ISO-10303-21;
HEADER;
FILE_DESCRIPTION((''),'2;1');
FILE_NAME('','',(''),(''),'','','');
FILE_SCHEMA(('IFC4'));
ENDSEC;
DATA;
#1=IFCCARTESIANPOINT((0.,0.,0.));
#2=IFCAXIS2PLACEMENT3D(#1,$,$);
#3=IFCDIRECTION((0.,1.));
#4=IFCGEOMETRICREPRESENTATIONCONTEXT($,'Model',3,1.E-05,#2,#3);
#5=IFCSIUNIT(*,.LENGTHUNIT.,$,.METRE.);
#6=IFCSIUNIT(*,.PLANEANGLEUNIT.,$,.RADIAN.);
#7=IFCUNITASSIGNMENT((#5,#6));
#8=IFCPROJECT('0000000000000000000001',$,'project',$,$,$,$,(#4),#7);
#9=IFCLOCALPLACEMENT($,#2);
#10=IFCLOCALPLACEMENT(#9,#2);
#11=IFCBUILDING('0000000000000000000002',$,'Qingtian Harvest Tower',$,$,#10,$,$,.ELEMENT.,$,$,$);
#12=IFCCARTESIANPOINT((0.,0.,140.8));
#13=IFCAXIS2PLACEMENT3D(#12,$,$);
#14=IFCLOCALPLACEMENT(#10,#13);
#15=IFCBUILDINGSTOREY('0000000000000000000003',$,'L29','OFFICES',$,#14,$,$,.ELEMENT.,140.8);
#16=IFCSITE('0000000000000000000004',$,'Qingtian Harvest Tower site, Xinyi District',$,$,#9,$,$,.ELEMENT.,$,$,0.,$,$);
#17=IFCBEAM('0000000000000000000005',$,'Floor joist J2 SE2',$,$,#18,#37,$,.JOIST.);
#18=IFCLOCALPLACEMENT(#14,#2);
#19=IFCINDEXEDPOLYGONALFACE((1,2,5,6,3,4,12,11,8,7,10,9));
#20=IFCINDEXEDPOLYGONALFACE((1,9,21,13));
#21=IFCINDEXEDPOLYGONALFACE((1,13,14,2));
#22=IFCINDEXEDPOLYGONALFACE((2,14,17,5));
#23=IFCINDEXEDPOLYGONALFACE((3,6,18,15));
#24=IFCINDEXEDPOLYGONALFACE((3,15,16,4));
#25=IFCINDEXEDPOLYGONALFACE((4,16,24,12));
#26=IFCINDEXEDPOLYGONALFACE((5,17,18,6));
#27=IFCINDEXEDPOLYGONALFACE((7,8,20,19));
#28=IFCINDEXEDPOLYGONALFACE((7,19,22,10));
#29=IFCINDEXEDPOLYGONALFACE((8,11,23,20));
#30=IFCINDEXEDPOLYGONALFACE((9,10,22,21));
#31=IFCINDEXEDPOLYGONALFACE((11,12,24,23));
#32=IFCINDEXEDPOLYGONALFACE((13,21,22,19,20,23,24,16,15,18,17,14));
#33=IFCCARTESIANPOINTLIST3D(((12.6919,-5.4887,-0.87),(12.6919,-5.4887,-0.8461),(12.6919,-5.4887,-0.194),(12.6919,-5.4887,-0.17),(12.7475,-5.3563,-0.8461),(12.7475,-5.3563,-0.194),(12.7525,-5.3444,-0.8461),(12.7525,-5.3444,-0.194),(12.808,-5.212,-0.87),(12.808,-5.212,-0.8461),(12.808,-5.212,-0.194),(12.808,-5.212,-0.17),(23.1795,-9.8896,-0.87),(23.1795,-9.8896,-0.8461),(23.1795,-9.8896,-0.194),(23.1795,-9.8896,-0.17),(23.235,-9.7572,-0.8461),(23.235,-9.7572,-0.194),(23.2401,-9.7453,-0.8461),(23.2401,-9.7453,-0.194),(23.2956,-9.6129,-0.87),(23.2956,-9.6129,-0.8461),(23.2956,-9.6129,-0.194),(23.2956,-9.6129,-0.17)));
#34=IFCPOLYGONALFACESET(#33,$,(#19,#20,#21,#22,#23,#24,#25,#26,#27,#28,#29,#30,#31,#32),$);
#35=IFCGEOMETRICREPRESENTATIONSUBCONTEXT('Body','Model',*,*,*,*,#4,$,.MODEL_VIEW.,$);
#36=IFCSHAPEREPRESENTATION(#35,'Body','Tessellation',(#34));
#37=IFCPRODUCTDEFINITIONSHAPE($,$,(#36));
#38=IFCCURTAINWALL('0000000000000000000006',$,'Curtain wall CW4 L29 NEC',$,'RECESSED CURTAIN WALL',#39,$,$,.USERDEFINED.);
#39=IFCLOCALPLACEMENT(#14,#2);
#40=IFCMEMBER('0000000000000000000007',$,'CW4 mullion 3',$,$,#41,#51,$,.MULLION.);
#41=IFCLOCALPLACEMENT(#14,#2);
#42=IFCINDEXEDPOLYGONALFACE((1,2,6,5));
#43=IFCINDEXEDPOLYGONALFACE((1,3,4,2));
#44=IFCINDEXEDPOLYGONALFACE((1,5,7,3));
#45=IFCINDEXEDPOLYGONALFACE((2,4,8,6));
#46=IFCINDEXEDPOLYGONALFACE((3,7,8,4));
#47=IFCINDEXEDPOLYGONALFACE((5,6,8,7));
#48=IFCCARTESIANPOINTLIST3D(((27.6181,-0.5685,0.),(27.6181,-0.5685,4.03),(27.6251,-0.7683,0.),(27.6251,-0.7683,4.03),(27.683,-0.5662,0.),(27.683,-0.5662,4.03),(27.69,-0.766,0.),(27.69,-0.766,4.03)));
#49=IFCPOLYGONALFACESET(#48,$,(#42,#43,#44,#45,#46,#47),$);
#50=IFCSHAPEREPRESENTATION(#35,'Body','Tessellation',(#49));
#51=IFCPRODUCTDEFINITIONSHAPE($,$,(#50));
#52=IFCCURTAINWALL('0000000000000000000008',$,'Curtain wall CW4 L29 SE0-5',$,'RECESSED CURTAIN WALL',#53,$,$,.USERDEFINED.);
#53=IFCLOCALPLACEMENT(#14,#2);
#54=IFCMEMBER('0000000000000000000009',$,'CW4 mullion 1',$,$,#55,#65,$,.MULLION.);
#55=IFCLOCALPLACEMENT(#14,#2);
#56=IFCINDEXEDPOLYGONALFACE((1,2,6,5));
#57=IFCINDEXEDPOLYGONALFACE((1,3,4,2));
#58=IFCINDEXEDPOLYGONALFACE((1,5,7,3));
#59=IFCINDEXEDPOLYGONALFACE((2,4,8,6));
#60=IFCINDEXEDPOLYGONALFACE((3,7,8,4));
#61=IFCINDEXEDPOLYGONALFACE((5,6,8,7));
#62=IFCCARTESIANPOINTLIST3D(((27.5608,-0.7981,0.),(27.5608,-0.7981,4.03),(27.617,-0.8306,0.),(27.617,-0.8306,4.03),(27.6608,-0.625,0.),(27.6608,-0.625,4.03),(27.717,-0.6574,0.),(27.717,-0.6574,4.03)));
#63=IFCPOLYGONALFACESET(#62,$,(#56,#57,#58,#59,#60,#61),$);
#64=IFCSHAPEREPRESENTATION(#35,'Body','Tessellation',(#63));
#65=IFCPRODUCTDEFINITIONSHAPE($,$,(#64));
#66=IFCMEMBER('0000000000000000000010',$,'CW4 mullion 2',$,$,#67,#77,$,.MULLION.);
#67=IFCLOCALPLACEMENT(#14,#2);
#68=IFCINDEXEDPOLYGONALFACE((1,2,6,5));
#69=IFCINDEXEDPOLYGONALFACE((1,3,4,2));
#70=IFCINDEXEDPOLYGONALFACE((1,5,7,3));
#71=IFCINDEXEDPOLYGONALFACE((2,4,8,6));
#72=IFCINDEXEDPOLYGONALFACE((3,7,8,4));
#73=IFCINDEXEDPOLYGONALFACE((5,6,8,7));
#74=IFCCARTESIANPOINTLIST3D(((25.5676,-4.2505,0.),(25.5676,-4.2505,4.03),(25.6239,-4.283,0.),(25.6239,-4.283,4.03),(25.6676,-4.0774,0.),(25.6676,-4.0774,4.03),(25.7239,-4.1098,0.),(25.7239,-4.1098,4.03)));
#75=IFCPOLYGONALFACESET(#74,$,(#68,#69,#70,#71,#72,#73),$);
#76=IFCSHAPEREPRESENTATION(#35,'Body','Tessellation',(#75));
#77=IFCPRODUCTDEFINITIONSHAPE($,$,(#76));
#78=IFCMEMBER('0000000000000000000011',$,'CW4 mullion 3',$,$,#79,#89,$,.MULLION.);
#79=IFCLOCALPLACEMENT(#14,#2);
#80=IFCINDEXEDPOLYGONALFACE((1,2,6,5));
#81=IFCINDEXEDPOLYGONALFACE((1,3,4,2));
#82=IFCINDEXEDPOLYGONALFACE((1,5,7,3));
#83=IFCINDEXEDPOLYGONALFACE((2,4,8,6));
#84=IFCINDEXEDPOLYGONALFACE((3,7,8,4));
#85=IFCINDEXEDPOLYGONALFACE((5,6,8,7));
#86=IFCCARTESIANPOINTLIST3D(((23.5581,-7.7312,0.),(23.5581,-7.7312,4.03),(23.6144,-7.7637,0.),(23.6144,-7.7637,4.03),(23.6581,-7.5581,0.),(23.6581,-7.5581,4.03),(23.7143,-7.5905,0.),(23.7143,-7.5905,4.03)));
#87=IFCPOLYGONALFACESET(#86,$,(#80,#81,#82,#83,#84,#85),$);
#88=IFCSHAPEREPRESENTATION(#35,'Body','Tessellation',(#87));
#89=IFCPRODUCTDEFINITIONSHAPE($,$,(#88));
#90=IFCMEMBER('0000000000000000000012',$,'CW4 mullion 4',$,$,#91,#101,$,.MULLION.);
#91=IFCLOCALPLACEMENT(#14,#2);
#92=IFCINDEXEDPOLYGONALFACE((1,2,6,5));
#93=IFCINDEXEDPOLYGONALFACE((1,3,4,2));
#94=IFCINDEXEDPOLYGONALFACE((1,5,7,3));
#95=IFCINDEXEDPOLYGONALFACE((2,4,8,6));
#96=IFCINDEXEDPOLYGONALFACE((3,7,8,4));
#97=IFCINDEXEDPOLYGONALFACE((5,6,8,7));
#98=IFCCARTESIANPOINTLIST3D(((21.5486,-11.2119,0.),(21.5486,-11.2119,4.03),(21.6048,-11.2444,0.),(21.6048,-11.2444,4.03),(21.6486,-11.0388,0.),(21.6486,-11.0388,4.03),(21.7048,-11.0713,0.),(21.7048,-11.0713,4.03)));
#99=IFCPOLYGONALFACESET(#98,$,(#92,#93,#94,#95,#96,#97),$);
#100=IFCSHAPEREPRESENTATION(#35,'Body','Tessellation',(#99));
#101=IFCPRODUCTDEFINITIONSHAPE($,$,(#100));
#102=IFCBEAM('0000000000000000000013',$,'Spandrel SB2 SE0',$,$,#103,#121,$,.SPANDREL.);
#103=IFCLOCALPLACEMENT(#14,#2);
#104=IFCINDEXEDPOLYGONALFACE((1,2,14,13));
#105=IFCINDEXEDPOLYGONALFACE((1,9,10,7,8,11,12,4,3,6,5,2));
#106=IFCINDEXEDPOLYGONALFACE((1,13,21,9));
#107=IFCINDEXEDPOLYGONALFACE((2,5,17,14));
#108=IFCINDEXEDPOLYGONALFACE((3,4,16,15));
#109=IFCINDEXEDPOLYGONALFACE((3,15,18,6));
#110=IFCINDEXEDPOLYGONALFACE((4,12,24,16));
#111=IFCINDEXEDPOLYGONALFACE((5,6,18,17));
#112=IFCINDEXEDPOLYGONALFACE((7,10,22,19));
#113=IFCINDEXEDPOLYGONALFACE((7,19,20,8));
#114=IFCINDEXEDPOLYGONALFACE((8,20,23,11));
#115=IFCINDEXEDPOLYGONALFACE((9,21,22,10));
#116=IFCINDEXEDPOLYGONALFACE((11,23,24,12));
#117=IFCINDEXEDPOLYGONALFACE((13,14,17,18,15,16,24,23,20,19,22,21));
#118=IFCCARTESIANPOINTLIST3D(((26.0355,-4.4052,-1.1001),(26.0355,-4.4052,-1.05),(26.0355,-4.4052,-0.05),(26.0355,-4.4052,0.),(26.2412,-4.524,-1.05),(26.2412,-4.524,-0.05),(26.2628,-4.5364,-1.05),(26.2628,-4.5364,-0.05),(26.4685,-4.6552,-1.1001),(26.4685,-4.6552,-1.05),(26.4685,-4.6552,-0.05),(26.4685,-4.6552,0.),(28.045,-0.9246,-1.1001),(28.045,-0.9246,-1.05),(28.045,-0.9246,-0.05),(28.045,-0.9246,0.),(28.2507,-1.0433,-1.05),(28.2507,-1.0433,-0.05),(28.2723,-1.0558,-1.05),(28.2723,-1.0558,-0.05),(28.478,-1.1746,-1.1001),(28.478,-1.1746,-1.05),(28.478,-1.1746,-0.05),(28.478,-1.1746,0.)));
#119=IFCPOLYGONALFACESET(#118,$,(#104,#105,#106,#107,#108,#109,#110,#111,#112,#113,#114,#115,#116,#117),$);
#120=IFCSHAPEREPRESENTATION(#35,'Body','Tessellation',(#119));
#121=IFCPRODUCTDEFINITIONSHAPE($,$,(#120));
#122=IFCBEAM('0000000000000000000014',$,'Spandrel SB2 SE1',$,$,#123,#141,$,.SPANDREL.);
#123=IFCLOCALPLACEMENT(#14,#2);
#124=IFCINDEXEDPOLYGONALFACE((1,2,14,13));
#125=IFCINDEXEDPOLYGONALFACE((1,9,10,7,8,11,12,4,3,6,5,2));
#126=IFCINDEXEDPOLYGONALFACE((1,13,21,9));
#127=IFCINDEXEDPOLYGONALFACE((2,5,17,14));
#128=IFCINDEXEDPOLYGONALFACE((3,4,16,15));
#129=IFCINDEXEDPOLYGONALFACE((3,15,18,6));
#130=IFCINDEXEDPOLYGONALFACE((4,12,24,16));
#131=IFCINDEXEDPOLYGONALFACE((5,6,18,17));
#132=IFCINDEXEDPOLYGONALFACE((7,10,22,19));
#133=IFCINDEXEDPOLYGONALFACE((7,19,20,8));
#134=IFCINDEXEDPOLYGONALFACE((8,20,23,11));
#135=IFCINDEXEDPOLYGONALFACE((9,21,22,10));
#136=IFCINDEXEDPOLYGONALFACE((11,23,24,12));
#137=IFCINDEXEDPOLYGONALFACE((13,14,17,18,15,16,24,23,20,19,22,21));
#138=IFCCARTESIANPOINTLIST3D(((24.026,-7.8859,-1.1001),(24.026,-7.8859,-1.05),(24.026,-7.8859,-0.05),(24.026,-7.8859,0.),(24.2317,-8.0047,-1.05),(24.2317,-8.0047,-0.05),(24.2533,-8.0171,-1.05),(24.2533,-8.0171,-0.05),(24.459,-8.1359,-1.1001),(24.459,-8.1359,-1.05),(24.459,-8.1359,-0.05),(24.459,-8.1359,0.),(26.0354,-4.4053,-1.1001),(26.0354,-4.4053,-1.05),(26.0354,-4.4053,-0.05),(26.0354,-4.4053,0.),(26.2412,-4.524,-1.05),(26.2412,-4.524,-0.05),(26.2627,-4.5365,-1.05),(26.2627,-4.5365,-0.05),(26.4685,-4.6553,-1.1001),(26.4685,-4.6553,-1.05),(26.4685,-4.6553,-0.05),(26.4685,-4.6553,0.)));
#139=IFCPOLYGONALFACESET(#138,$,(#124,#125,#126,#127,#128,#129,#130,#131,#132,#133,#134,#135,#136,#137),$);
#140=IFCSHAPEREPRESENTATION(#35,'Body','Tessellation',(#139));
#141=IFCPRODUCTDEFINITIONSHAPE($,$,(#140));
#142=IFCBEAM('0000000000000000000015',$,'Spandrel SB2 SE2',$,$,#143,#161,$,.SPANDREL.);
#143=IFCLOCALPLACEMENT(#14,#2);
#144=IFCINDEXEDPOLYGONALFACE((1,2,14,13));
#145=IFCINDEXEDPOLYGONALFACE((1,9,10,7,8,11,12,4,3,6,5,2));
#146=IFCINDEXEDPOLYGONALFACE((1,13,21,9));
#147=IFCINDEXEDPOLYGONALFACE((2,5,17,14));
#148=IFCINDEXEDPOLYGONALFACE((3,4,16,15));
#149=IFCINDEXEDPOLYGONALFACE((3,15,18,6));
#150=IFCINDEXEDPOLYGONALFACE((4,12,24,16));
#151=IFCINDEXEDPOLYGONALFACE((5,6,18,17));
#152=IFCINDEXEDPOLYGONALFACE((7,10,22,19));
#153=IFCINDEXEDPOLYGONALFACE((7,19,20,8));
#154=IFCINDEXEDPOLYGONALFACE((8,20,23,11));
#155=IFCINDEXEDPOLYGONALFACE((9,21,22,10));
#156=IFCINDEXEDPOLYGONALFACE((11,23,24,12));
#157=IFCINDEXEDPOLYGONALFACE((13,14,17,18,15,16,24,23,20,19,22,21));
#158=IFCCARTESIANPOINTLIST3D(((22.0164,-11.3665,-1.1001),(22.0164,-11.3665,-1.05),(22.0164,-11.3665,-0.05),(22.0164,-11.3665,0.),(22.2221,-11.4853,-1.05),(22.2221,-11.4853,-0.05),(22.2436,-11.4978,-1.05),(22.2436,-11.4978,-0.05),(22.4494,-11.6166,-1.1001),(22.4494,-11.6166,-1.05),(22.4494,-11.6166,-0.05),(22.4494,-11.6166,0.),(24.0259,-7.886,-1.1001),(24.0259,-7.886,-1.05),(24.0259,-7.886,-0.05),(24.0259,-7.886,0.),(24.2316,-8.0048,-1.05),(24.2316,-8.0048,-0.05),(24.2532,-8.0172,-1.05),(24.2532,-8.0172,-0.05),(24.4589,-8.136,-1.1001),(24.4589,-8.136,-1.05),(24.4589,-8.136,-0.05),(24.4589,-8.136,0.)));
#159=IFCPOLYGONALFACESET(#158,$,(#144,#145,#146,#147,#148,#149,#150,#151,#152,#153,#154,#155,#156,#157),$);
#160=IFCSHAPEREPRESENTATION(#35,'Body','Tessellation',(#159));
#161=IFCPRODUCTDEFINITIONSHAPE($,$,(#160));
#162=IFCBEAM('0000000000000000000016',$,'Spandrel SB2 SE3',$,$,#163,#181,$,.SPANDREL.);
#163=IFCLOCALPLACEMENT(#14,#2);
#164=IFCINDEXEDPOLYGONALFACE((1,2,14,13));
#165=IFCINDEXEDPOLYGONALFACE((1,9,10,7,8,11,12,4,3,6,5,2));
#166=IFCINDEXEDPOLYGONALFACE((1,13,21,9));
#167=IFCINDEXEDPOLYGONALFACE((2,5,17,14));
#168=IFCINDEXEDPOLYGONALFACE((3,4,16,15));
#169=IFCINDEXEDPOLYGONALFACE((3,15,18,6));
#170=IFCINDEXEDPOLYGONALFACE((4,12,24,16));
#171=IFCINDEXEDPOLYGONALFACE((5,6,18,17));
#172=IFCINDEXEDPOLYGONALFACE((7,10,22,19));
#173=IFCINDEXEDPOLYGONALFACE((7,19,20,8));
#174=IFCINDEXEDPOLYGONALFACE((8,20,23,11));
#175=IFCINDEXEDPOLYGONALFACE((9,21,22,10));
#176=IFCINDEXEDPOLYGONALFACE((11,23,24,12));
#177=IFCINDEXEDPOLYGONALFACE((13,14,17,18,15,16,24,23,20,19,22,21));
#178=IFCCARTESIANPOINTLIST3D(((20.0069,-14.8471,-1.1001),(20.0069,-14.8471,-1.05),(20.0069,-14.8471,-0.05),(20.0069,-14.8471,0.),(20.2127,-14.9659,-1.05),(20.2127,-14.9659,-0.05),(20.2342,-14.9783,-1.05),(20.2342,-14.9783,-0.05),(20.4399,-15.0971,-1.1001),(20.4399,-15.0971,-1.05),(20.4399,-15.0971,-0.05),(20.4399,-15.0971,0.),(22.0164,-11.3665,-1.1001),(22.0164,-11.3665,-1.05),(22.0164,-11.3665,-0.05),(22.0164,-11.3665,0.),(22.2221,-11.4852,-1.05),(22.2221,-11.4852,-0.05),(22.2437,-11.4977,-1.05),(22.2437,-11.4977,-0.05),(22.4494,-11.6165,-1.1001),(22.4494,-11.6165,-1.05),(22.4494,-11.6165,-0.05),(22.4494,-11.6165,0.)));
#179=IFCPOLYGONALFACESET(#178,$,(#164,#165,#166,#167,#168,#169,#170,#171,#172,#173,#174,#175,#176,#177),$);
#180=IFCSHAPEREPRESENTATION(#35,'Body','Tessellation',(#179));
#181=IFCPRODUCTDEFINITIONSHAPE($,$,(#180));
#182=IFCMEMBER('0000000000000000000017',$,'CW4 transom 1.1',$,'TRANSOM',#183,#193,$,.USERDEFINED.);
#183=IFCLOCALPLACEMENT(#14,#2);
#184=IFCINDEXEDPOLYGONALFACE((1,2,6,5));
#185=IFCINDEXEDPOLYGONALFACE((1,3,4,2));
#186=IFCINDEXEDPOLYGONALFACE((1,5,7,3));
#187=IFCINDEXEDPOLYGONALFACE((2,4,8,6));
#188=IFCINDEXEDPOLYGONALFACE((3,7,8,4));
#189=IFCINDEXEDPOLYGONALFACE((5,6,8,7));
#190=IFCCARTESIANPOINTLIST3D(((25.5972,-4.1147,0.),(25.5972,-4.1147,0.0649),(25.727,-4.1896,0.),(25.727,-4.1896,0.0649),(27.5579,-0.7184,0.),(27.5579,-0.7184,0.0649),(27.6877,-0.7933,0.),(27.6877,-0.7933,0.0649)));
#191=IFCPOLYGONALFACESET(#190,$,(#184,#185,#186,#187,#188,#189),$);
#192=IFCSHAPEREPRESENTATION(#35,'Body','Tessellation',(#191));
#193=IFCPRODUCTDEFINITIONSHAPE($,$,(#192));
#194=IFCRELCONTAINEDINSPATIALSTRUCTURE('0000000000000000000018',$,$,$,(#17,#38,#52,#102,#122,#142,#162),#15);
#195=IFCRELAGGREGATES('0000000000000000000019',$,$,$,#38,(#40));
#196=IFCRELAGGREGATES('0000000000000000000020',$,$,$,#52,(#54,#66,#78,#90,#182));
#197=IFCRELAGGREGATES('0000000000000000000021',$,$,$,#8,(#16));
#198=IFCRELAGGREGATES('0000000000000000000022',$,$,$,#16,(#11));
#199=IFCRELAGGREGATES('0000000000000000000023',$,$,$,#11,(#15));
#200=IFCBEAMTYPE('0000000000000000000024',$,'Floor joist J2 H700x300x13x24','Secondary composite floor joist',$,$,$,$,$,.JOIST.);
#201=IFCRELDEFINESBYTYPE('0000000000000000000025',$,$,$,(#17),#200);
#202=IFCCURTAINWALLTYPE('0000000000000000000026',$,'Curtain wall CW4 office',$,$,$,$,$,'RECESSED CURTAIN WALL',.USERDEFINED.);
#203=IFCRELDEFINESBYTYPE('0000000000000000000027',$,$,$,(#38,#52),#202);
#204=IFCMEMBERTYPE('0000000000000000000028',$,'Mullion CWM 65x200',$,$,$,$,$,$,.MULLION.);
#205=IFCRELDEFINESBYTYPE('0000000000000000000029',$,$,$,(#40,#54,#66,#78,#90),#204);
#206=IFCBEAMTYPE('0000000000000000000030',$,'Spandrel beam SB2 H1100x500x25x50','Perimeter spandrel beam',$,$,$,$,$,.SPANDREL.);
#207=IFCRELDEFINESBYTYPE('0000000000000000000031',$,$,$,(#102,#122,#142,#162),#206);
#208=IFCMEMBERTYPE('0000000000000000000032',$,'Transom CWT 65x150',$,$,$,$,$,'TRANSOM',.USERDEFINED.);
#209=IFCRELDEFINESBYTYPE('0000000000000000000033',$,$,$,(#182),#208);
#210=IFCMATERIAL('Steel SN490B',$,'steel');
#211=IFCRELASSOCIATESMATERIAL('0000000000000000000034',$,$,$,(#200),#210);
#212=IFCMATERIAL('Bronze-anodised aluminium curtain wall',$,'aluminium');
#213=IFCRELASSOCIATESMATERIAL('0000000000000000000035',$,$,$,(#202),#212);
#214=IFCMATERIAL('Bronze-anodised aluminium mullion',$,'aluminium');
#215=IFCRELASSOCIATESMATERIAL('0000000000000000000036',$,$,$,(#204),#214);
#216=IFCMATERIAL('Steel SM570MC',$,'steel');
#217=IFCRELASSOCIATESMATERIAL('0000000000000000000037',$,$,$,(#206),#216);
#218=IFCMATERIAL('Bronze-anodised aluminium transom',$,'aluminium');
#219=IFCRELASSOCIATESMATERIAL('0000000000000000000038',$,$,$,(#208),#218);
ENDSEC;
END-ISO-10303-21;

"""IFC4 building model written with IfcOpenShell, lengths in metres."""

from ifc_helpers import new_model, si_unit, direction, frame, origin, origin_2d, place, context, subcontext, project, spatial, rectangle, i_section, extrude, material, material_profile, profile_set, type_object, element, aggregate, save


model = new_model("IFC4")

# Units and contexts
model_context = context("Model", 3, precision=1e-05, world=origin(), true_north=direction((0.0, 1.0)))
body_context = subcontext(model_context, "Body", "Model", "MODEL_VIEW")
ifc_project = project(units=[si_unit("LENGTHUNIT", "METRE"), si_unit("PLANEANGLEUNIT", "RADIAN")], contexts=[model_context])

# Site, building, storey
site_placement = place(None, origin())
site = spatial("IfcSite", under=ifc_project, at=site_placement, Name="Qingtian Harvest Tower site, Xinyi District", CompositionType="ELEMENT", RefElevation=0.0)
building_placement = place(site_placement, origin())
building = spatial("IfcBuilding", under=site, at=building_placement, Name="Qingtian Harvest Tower", CompositionType="ELEMENT")
storey_placement = place(building_placement, frame((0.0, 0.0, 140.8)))
storey = spatial("IfcBuildingStorey", under=building, at=storey_placement, Name="L29", Description="OFFICES", CompositionType="ELEMENT", Elevation=140.8)

# Beam
ifc_material_1 = material(Name="Steel SN490B", Category="steel")
ifc_material_profile_1 = material_profile(ifc_material_1, i_section(OverallWidth=0.3, OverallDepth=0.7, WebThickness=0.0129, FlangeThickness=0.0239, at=origin_2d()), Name="H700x300x13x24")
ifc_profile_set_1 = profile_set([ifc_material_profile_1], Name="Steel SN490B")
beam_type_1 = type_object("IfcBeamType", Name="Floor joist J2 H700x300x13x24", Description="Secondary composite floor joist", PredefinedType="JOIST", material=ifc_profile_set_1)
beam_1_placement = place(storey_placement, frame((23.2375, -9.7512, -0.52), z_axis=(-0.922104, 0.386942, 0.0), x_axis=(-0.386942, -0.922104, 0.0)))
element("IfcBeam", 1, at=beam_1_placement, inside=storey, type_object=beam_type_1, Name="Floor joist J2 SE2", PredefinedType="JOIST", context=body_context, shape_type="SweptSolid", body=[
    extrude(i_section(OverallWidth=0.3, OverallDepth=0.7, WebThickness=0.0129, FlangeThickness=0.0239, at=origin_2d()), origin(), (0.0, 0.0, 1.0), 11.3735),
])

# Curtain wall, member
ifc_material_2 = material(Name="Bronze-anodised aluminium curtain wall", Category="aluminium")
curtain_wall_type = type_object("IfcCurtainWallType", Name="Curtain wall CW4 office", ElementType="RECESSED CURTAIN WALL", PredefinedType="USERDEFINED", material=ifc_material_2)
curtain_wall_1_placement = place(storey_placement, origin())
curtain_wall_1 = element("IfcCurtainWall", 2, at=curtain_wall_1_placement, inside=storey, type_object=curtain_wall_type, Name="Curtain wall CW4 L29 NEC", ObjectType="RECESSED CURTAIN WALL", PredefinedType="USERDEFINED")
ifc_material_3 = material(Name="Bronze-anodised aluminium mullion", Category="aluminium")
ifc_material_profile_2 = material_profile(ifc_material_3, rectangle(XDim=0.0649, YDim=0.2, at=origin_2d()), Name="AL 65x200")
ifc_profile_set_2 = profile_set([ifc_material_profile_2], Name="Bronze-anodised aluminium mullion")
member_type_1 = type_object("IfcMemberType", Name="Mullion CWM 65x200", PredefinedType="MULLION", material=ifc_profile_set_2)
member_1_placement = place(storey_placement, frame((27.6541, -0.6672, 0.0), z_axis=(0.0, 0.0, 1.0), x_axis=(0.999391, 0.034899, 0.0)))
member_1 = element("IfcMember", 3, at=member_1_placement, type_object=member_type_1, Name="CW4 mullion 3", PredefinedType="MULLION", context=body_context, shape_type="SweptSolid", body=[
    extrude(rectangle(XDim=0.0649, YDim=0.2, at=origin_2d()), origin(), (0.0, 0.0, 1.0), 4.03),
])
aggregate(curtain_wall_1, [member_1])

# Curtain wall, members
curtain_wall_2_placement = place(storey_placement, origin())
curtain_wall_2 = element("IfcCurtainWall", 4, at=curtain_wall_2_placement, inside=storey, type_object=curtain_wall_type, Name="Curtain wall CW4 L29 SE0-5", ObjectType="RECESSED CURTAIN WALL", PredefinedType="USERDEFINED")
member_2_placement = place(storey_placement, frame((27.6389, -0.7278, 0.0), z_axis=(0.0, 0.0, 1.0), x_axis=(0.866025, -0.5, 0.0)))
member_2 = element("IfcMember", 5, at=member_2_placement, type_object=member_type_1, Name="CW4 mullion 1", PredefinedType="MULLION", context=body_context, shape_type="SweptSolid", body=[
    extrude(rectangle(XDim=0.0649, YDim=0.2, at=origin_2d()), origin(), (0.0, 0.0, 1.0), 4.03),
])
member_3_placement = place(storey_placement, frame((25.6458, -4.1802, 0.0), z_axis=(0.0, 0.0, 1.0), x_axis=(0.866025, -0.5, 0.0)))
member_3 = element("IfcMember", 6, at=member_3_placement, type_object=member_type_1, Name="CW4 mullion 2", PredefinedType="MULLION", context=body_context, shape_type="SweptSolid", body=[
    extrude(rectangle(XDim=0.0649, YDim=0.2, at=origin_2d()), origin(), (0.0, 0.0, 1.0), 4.03),
])
member_4_placement = place(storey_placement, frame((23.6362, -7.6609, 0.0), z_axis=(0.0, 0.0, 1.0), x_axis=(0.866025, -0.5, 0.0)))
member_4 = element("IfcMember", 7, at=member_4_placement, type_object=member_type_1, Name="CW4 mullion 3", PredefinedType="MULLION", context=body_context, shape_type="SweptSolid", body=[
    extrude(rectangle(XDim=0.0649, YDim=0.2, at=origin_2d()), origin(), (0.0, 0.0, 1.0), 4.03),
])
member_5_placement = place(storey_placement, frame((21.6267, -11.1416, 0.0), z_axis=(0.0, 0.0, 1.0), x_axis=(0.866025, -0.5, 0.0)))
member_5 = element("IfcMember", 8, at=member_5_placement, type_object=member_type_1, Name="CW4 mullion 4", PredefinedType="MULLION", context=body_context, shape_type="SweptSolid", body=[
    extrude(rectangle(XDim=0.0649, YDim=0.2, at=origin_2d()), origin(), (0.0, 0.0, 1.0), 4.03),
])

# Beams
ifc_material_4 = material(Name="Steel SM570MC", Category="steel")
ifc_material_profile_3 = material_profile(ifc_material_4, i_section(OverallWidth=0.5, OverallDepth=1.1001, WebThickness=0.0249, FlangeThickness=0.05, at=origin_2d()), Name="H1100x500x25x50")
ifc_profile_set_3 = profile_set([ifc_material_profile_3], Name="Steel SM570MC")
beam_type_2 = type_object("IfcBeamType", Name="Spandrel beam SB2 H1100x500x25x50", Description="Perimeter spandrel beam", PredefinedType="SPANDREL", material=ifc_profile_set_3)
for number, where, z_axis, x_axis, name in (
    (9, (28.2615, -1.0496, -0.55), (-0.499987, -0.866033, 0.0), (0.866033, -0.499987, 0.0), "Spandrel SB2 SE0"),
    (10, (26.252, -4.5303, -0.55), (-0.499987, -0.866033, 0.0), (0.866033, -0.499987, 0.0), "Spandrel SB2 SE1"),
    (11, (24.2424, -8.011, -0.55), (-0.500013, -0.866018, 0.0), (0.866018, -0.500013, 0.0), "Spandrel SB2 SE2"),
    (12, (22.2329, -11.4915, -0.55), (-0.499987, -0.866033, 0.0), (0.866033, -0.499987, 0.0), "Spandrel SB2 SE3"),
):
    element("IfcBeam", number, at=place(storey_placement, frame(where, z_axis=z_axis, x_axis=x_axis)), inside=storey, type_object=beam_type_2, Name=name, PredefinedType="SPANDREL", context=body_context, shape_type="SweptSolid", body=[
        extrude(i_section(OverallWidth=0.5, OverallDepth=1.1001, WebThickness=0.0249, FlangeThickness=0.05, at=origin_2d()), origin(), (0.0, 0.0, 1.0), 4.019),
    ])

# Member
ifc_material_5 = material(Name="Bronze-anodised aluminium transom", Category="aluminium")
ifc_material_profile_4 = material_profile(ifc_material_5, rectangle(XDim=0.1499, YDim=0.0649, at=origin_2d()), Name="AL 65x150")
ifc_profile_set_4 = profile_set([ifc_material_profile_4], Name="Bronze-anodised aluminium transom")
member_type_2 = type_object("IfcMemberType", Name="Transom CWT 65x150", ElementType="TRANSOM", PredefinedType="USERDEFINED", material=ifc_profile_set_4)
member_6_placement = place(storey_placement, frame((27.6228, -0.7559, 0.0325), z_axis=(-0.499976, -0.866039, 0.0), x_axis=(0.866039, -0.499976, 0.0)))
member_6 = element("IfcMember", 13, at=member_6_placement, type_object=member_type_2, Name="CW4 transom 1.1", ObjectType="TRANSOM", PredefinedType="USERDEFINED", context=body_context, shape_type="SweptSolid", body=[
    extrude(rectangle(XDim=0.1499, YDim=0.0649, at=origin_2d()), origin(), (0.0, 0.0, 1.0), 3.9216),
])

aggregate(curtain_wall_2, [member_2, member_3, member_4, member_5, member_6])

save(model, "model.ifc")
